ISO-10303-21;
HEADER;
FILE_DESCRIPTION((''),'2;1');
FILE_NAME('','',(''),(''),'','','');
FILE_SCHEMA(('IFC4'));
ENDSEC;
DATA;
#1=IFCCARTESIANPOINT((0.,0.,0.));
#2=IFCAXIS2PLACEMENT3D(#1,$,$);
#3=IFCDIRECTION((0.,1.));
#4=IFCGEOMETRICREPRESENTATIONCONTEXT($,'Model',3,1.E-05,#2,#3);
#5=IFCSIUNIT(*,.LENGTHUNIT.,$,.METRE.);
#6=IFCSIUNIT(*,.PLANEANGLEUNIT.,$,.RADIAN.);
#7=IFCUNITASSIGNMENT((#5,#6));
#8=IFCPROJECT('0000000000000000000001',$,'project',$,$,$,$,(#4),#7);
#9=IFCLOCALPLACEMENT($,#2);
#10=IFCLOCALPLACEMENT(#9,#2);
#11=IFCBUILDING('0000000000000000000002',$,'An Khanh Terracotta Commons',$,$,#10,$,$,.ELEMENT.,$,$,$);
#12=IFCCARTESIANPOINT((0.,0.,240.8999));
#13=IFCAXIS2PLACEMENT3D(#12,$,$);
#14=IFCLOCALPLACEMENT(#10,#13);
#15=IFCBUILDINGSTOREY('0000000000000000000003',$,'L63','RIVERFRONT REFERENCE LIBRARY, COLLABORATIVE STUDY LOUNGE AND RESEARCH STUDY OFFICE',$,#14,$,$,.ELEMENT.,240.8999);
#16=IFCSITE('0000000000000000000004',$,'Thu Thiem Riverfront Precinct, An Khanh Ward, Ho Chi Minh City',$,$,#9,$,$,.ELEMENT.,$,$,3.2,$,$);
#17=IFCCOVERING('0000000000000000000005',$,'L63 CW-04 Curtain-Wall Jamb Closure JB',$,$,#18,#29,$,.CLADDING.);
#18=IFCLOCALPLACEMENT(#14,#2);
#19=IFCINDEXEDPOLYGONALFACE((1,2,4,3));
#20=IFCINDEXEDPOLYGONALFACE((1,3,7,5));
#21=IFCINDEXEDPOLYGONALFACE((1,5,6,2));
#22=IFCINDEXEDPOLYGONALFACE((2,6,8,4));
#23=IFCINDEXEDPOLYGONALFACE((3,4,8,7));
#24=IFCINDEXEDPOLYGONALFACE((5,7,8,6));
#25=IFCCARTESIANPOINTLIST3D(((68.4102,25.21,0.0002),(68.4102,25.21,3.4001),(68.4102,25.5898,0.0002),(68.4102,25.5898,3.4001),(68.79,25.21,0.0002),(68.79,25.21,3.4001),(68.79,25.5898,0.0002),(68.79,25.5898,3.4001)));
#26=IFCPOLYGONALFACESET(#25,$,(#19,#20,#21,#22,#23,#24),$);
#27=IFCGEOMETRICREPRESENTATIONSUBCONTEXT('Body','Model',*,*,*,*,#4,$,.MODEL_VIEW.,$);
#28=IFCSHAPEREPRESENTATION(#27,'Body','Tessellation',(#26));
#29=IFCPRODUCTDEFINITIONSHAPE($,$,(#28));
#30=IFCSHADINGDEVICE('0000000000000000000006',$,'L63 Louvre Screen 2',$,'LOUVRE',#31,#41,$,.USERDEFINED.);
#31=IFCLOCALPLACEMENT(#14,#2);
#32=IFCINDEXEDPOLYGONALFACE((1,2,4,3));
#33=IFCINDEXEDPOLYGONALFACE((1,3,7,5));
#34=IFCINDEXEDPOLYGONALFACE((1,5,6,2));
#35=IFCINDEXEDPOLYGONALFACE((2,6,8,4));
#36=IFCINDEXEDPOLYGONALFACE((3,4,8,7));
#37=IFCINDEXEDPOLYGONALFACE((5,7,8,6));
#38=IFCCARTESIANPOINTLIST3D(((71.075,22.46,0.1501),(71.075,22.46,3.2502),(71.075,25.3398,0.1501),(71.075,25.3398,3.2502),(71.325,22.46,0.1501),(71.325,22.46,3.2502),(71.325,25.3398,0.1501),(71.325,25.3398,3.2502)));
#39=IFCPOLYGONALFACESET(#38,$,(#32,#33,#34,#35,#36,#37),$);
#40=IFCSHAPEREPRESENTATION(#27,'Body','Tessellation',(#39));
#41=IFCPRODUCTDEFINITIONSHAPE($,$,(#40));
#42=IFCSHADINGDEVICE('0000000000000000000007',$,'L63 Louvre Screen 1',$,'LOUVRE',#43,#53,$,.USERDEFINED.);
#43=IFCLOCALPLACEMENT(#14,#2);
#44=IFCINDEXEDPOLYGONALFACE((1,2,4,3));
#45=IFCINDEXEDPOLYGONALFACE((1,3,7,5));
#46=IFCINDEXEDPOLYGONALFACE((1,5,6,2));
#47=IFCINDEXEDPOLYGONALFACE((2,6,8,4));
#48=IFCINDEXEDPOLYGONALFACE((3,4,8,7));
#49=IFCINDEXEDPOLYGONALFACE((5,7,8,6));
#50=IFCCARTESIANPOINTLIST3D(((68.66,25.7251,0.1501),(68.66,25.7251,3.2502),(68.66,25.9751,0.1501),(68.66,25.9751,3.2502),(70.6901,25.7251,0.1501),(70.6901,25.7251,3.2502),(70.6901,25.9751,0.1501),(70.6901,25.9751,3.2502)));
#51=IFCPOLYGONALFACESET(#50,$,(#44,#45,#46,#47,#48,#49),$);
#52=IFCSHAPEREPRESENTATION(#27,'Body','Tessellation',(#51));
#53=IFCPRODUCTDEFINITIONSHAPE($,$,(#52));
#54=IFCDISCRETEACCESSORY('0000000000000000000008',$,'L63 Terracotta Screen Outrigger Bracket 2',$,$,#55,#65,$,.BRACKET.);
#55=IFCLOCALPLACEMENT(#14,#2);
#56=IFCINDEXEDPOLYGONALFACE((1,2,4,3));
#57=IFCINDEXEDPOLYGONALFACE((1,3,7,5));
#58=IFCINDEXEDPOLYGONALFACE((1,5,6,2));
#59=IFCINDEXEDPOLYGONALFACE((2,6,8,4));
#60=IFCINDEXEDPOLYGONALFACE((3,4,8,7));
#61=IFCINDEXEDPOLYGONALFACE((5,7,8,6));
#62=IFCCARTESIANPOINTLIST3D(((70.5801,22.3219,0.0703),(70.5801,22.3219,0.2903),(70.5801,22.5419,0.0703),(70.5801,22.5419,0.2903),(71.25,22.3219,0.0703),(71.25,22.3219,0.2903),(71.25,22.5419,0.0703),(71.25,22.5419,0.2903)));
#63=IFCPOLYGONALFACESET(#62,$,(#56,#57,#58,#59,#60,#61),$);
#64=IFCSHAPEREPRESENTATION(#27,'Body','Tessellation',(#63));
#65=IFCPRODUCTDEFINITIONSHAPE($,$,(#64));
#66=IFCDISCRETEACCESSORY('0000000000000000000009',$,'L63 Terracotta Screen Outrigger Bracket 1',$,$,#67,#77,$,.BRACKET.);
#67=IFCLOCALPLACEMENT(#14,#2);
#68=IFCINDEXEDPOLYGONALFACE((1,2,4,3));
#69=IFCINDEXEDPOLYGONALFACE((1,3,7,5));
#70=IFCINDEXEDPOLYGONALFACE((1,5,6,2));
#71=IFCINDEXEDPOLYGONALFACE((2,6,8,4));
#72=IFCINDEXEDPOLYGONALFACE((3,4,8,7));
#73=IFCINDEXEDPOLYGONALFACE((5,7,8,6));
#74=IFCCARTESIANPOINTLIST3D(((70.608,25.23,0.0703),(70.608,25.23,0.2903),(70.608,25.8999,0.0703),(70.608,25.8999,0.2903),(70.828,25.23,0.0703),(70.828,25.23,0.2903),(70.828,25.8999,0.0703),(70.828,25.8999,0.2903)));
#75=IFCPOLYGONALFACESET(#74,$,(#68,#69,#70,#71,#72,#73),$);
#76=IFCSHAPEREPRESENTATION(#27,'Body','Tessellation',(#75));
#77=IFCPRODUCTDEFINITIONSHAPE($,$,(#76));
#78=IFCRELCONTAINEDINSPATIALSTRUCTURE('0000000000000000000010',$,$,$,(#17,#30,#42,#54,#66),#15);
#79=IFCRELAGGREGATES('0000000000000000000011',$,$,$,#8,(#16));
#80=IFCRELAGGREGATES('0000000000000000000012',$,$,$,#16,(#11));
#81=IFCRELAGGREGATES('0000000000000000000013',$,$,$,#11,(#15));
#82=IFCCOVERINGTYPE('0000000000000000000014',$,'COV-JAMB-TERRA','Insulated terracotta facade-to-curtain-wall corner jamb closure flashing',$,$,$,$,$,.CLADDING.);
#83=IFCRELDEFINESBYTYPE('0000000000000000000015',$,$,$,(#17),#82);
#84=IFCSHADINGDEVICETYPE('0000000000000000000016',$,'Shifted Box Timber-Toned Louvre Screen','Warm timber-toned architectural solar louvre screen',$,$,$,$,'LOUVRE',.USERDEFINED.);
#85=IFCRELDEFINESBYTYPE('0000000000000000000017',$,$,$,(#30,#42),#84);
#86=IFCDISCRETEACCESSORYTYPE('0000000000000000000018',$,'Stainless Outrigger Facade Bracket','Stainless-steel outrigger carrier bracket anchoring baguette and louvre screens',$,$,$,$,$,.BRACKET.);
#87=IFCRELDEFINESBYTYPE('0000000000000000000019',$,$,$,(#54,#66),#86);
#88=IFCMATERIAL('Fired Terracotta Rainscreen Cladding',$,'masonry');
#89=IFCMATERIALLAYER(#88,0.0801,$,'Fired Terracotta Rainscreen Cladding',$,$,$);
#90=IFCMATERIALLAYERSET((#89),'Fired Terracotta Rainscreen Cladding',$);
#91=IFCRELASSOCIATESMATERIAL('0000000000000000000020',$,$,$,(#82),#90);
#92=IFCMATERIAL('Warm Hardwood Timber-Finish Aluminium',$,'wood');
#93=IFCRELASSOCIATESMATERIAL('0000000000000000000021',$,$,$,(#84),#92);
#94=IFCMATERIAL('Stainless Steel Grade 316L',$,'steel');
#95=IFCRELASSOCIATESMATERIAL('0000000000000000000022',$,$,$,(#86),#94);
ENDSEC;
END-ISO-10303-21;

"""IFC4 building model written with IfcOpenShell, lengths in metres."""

from ifc_helpers import new_model, si_unit, direction, frame, origin, origin_2d, place, context, subcontext, project, spatial, rectangle, extrude, material, layer, layer_set, type_object, element, save


model = new_model("IFC4")

# Units and contexts
model_context = context("Model", 3, precision=1e-05, world=origin(), true_north=direction((0.0, 1.0)))
body_context = subcontext(model_context, "Body", "Model", "MODEL_VIEW")
ifc_project = project(units=[si_unit("LENGTHUNIT", "METRE"), si_unit("PLANEANGLEUNIT", "RADIAN")], contexts=[model_context])

# Site, building, storey
site_placement = place(None, origin())
site = spatial("IfcSite", under=ifc_project, at=site_placement, Name="Thu Thiem Riverfront Precinct, An Khanh Ward, Ho Chi Minh City", CompositionType="ELEMENT", RefElevation=3.2)
building_placement = place(site_placement, origin())
building = spatial("IfcBuilding", under=site, at=building_placement, Name="An Khanh Terracotta Commons", CompositionType="ELEMENT")
storey_placement = place(building_placement, frame((0.0, 0.0, 240.8999)))
storey = spatial("IfcBuildingStorey", under=building, at=storey_placement, Name="L63", Description="RIVERFRONT REFERENCE LIBRARY, COLLABORATIVE STUDY LOUNGE AND RESEARCH STUDY OFFICE", CompositionType="ELEMENT", Elevation=240.8999)

# Covering
ifc_material_1 = material(Name="Fired Terracotta Rainscreen Cladding", Category="masonry")
ifc_layer_1 = layer(ifc_material_1, 0.0801, Name="Fired Terracotta Rainscreen Cladding")
ifc_layer_set_1 = layer_set([ifc_layer_1], Name="Fired Terracotta Rainscreen Cladding")
covering_type = type_object("IfcCoveringType", Name="COV-JAMB-TERRA", Description="Insulated terracotta facade-to-curtain-wall corner jamb closure flashing", PredefinedType="CLADDING", material=ifc_layer_set_1)
for number, where, z_axis, x_axis, name in (
    (1, (68.6001, 25.3999, 0.0002), (0.0, 0.0, 1.0), (1.0, 0.0, 0.0), "L63 CW-04 Curtain-Wall Jamb Closure JB"),
):
    element("IfcCovering", number, at=place(storey_placement, frame(where, z_axis=z_axis, x_axis=x_axis)), inside=storey, type_object=covering_type, Name=name, PredefinedType="CLADDING", context=body_context, shape_type="SweptSolid", body=[
        extrude(rectangle(XDim=0.3799, YDim=0.3799, at=origin_2d()), origin(), (0.0, 0.0, 1.0), 3.3999),
    ])

# Shading devices
ifc_material_2 = material(Name="Warm Hardwood Timber-Finish Aluminium", Category="wood")
shading_device_type = type_object("IfcShadingDeviceType", Name="Shifted Box Timber-Toned Louvre Screen", Description="Warm timber-toned architectural solar louvre screen", ElementType="LOUVRE", PredefinedType="USERDEFINED", material=ifc_material_2)
shading_device_1_placement = place(storey_placement, frame((71.2, 23.8999, 0.1501), z_axis=(0.0, 0.0, 1.0), x_axis=(0.0, 1.0, 0.0)))
element("IfcShadingDevice", 2, at=shading_device_1_placement, inside=storey, type_object=shading_device_type, Name="L63 Louvre Screen 2", ObjectType="LOUVRE", PredefinedType="USERDEFINED", context=body_context, shape_type="SweptSolid", body=[
    extrude(rectangle(XDim=2.8799, YDim=0.25, at=origin_2d()), origin(), (0.0, 0.0, 1.0), 3.1001),
])
shading_device_2_placement = place(storey_placement, frame((69.675, 25.8501, 0.1501), z_axis=(0.0, 0.0, 1.0), x_axis=(-1.0, 0.0, 0.0)))
element("IfcShadingDevice", 3, at=shading_device_2_placement, inside=storey, type_object=shading_device_type, Name="L63 Louvre Screen 1", ObjectType="LOUVRE", PredefinedType="USERDEFINED", context=body_context, shape_type="SweptSolid", body=[
    extrude(rectangle(XDim=2.03, YDim=0.25, at=origin_2d()), origin(), (0.0, 0.0, 1.0), 3.1001),
])

# Discrete accessories
ifc_material_3 = material(Name="Stainless Steel Grade 316L", Category="steel")
discrete_accessory_type = type_object("IfcDiscreteAccessoryType", Name="Stainless Outrigger Facade Bracket", Description="Stainless-steel outrigger carrier bracket anchoring baguette and louvre screens", PredefinedType="BRACKET", material=ifc_material_3)
for number, where, z_axis, x_axis, name in (
    (4, (70.915, 22.4319, 0.0703), (0.0, 0.0, 1.0), (0.0, 1.0, 0.0), "L63 Terracotta Screen Outrigger Bracket 2"),
    (5, (70.718, 25.5649, 0.0703), (0.0, 0.0, 1.0), (-1.0, 0.0, 0.0), "L63 Terracotta Screen Outrigger Bracket 1"),
):
    element("IfcDiscreteAccessory", number, at=place(storey_placement, frame(where, z_axis=z_axis, x_axis=x_axis)), inside=storey, type_object=discrete_accessory_type, Name=name, PredefinedType="BRACKET", context=body_context, shape_type="SweptSolid", body=[
        extrude(rectangle(XDim=0.22, YDim=0.6699, at=origin_2d()), origin(), (0.0, 0.0, 1.0), 0.22),
    ])

save(model, "model.ifc")
